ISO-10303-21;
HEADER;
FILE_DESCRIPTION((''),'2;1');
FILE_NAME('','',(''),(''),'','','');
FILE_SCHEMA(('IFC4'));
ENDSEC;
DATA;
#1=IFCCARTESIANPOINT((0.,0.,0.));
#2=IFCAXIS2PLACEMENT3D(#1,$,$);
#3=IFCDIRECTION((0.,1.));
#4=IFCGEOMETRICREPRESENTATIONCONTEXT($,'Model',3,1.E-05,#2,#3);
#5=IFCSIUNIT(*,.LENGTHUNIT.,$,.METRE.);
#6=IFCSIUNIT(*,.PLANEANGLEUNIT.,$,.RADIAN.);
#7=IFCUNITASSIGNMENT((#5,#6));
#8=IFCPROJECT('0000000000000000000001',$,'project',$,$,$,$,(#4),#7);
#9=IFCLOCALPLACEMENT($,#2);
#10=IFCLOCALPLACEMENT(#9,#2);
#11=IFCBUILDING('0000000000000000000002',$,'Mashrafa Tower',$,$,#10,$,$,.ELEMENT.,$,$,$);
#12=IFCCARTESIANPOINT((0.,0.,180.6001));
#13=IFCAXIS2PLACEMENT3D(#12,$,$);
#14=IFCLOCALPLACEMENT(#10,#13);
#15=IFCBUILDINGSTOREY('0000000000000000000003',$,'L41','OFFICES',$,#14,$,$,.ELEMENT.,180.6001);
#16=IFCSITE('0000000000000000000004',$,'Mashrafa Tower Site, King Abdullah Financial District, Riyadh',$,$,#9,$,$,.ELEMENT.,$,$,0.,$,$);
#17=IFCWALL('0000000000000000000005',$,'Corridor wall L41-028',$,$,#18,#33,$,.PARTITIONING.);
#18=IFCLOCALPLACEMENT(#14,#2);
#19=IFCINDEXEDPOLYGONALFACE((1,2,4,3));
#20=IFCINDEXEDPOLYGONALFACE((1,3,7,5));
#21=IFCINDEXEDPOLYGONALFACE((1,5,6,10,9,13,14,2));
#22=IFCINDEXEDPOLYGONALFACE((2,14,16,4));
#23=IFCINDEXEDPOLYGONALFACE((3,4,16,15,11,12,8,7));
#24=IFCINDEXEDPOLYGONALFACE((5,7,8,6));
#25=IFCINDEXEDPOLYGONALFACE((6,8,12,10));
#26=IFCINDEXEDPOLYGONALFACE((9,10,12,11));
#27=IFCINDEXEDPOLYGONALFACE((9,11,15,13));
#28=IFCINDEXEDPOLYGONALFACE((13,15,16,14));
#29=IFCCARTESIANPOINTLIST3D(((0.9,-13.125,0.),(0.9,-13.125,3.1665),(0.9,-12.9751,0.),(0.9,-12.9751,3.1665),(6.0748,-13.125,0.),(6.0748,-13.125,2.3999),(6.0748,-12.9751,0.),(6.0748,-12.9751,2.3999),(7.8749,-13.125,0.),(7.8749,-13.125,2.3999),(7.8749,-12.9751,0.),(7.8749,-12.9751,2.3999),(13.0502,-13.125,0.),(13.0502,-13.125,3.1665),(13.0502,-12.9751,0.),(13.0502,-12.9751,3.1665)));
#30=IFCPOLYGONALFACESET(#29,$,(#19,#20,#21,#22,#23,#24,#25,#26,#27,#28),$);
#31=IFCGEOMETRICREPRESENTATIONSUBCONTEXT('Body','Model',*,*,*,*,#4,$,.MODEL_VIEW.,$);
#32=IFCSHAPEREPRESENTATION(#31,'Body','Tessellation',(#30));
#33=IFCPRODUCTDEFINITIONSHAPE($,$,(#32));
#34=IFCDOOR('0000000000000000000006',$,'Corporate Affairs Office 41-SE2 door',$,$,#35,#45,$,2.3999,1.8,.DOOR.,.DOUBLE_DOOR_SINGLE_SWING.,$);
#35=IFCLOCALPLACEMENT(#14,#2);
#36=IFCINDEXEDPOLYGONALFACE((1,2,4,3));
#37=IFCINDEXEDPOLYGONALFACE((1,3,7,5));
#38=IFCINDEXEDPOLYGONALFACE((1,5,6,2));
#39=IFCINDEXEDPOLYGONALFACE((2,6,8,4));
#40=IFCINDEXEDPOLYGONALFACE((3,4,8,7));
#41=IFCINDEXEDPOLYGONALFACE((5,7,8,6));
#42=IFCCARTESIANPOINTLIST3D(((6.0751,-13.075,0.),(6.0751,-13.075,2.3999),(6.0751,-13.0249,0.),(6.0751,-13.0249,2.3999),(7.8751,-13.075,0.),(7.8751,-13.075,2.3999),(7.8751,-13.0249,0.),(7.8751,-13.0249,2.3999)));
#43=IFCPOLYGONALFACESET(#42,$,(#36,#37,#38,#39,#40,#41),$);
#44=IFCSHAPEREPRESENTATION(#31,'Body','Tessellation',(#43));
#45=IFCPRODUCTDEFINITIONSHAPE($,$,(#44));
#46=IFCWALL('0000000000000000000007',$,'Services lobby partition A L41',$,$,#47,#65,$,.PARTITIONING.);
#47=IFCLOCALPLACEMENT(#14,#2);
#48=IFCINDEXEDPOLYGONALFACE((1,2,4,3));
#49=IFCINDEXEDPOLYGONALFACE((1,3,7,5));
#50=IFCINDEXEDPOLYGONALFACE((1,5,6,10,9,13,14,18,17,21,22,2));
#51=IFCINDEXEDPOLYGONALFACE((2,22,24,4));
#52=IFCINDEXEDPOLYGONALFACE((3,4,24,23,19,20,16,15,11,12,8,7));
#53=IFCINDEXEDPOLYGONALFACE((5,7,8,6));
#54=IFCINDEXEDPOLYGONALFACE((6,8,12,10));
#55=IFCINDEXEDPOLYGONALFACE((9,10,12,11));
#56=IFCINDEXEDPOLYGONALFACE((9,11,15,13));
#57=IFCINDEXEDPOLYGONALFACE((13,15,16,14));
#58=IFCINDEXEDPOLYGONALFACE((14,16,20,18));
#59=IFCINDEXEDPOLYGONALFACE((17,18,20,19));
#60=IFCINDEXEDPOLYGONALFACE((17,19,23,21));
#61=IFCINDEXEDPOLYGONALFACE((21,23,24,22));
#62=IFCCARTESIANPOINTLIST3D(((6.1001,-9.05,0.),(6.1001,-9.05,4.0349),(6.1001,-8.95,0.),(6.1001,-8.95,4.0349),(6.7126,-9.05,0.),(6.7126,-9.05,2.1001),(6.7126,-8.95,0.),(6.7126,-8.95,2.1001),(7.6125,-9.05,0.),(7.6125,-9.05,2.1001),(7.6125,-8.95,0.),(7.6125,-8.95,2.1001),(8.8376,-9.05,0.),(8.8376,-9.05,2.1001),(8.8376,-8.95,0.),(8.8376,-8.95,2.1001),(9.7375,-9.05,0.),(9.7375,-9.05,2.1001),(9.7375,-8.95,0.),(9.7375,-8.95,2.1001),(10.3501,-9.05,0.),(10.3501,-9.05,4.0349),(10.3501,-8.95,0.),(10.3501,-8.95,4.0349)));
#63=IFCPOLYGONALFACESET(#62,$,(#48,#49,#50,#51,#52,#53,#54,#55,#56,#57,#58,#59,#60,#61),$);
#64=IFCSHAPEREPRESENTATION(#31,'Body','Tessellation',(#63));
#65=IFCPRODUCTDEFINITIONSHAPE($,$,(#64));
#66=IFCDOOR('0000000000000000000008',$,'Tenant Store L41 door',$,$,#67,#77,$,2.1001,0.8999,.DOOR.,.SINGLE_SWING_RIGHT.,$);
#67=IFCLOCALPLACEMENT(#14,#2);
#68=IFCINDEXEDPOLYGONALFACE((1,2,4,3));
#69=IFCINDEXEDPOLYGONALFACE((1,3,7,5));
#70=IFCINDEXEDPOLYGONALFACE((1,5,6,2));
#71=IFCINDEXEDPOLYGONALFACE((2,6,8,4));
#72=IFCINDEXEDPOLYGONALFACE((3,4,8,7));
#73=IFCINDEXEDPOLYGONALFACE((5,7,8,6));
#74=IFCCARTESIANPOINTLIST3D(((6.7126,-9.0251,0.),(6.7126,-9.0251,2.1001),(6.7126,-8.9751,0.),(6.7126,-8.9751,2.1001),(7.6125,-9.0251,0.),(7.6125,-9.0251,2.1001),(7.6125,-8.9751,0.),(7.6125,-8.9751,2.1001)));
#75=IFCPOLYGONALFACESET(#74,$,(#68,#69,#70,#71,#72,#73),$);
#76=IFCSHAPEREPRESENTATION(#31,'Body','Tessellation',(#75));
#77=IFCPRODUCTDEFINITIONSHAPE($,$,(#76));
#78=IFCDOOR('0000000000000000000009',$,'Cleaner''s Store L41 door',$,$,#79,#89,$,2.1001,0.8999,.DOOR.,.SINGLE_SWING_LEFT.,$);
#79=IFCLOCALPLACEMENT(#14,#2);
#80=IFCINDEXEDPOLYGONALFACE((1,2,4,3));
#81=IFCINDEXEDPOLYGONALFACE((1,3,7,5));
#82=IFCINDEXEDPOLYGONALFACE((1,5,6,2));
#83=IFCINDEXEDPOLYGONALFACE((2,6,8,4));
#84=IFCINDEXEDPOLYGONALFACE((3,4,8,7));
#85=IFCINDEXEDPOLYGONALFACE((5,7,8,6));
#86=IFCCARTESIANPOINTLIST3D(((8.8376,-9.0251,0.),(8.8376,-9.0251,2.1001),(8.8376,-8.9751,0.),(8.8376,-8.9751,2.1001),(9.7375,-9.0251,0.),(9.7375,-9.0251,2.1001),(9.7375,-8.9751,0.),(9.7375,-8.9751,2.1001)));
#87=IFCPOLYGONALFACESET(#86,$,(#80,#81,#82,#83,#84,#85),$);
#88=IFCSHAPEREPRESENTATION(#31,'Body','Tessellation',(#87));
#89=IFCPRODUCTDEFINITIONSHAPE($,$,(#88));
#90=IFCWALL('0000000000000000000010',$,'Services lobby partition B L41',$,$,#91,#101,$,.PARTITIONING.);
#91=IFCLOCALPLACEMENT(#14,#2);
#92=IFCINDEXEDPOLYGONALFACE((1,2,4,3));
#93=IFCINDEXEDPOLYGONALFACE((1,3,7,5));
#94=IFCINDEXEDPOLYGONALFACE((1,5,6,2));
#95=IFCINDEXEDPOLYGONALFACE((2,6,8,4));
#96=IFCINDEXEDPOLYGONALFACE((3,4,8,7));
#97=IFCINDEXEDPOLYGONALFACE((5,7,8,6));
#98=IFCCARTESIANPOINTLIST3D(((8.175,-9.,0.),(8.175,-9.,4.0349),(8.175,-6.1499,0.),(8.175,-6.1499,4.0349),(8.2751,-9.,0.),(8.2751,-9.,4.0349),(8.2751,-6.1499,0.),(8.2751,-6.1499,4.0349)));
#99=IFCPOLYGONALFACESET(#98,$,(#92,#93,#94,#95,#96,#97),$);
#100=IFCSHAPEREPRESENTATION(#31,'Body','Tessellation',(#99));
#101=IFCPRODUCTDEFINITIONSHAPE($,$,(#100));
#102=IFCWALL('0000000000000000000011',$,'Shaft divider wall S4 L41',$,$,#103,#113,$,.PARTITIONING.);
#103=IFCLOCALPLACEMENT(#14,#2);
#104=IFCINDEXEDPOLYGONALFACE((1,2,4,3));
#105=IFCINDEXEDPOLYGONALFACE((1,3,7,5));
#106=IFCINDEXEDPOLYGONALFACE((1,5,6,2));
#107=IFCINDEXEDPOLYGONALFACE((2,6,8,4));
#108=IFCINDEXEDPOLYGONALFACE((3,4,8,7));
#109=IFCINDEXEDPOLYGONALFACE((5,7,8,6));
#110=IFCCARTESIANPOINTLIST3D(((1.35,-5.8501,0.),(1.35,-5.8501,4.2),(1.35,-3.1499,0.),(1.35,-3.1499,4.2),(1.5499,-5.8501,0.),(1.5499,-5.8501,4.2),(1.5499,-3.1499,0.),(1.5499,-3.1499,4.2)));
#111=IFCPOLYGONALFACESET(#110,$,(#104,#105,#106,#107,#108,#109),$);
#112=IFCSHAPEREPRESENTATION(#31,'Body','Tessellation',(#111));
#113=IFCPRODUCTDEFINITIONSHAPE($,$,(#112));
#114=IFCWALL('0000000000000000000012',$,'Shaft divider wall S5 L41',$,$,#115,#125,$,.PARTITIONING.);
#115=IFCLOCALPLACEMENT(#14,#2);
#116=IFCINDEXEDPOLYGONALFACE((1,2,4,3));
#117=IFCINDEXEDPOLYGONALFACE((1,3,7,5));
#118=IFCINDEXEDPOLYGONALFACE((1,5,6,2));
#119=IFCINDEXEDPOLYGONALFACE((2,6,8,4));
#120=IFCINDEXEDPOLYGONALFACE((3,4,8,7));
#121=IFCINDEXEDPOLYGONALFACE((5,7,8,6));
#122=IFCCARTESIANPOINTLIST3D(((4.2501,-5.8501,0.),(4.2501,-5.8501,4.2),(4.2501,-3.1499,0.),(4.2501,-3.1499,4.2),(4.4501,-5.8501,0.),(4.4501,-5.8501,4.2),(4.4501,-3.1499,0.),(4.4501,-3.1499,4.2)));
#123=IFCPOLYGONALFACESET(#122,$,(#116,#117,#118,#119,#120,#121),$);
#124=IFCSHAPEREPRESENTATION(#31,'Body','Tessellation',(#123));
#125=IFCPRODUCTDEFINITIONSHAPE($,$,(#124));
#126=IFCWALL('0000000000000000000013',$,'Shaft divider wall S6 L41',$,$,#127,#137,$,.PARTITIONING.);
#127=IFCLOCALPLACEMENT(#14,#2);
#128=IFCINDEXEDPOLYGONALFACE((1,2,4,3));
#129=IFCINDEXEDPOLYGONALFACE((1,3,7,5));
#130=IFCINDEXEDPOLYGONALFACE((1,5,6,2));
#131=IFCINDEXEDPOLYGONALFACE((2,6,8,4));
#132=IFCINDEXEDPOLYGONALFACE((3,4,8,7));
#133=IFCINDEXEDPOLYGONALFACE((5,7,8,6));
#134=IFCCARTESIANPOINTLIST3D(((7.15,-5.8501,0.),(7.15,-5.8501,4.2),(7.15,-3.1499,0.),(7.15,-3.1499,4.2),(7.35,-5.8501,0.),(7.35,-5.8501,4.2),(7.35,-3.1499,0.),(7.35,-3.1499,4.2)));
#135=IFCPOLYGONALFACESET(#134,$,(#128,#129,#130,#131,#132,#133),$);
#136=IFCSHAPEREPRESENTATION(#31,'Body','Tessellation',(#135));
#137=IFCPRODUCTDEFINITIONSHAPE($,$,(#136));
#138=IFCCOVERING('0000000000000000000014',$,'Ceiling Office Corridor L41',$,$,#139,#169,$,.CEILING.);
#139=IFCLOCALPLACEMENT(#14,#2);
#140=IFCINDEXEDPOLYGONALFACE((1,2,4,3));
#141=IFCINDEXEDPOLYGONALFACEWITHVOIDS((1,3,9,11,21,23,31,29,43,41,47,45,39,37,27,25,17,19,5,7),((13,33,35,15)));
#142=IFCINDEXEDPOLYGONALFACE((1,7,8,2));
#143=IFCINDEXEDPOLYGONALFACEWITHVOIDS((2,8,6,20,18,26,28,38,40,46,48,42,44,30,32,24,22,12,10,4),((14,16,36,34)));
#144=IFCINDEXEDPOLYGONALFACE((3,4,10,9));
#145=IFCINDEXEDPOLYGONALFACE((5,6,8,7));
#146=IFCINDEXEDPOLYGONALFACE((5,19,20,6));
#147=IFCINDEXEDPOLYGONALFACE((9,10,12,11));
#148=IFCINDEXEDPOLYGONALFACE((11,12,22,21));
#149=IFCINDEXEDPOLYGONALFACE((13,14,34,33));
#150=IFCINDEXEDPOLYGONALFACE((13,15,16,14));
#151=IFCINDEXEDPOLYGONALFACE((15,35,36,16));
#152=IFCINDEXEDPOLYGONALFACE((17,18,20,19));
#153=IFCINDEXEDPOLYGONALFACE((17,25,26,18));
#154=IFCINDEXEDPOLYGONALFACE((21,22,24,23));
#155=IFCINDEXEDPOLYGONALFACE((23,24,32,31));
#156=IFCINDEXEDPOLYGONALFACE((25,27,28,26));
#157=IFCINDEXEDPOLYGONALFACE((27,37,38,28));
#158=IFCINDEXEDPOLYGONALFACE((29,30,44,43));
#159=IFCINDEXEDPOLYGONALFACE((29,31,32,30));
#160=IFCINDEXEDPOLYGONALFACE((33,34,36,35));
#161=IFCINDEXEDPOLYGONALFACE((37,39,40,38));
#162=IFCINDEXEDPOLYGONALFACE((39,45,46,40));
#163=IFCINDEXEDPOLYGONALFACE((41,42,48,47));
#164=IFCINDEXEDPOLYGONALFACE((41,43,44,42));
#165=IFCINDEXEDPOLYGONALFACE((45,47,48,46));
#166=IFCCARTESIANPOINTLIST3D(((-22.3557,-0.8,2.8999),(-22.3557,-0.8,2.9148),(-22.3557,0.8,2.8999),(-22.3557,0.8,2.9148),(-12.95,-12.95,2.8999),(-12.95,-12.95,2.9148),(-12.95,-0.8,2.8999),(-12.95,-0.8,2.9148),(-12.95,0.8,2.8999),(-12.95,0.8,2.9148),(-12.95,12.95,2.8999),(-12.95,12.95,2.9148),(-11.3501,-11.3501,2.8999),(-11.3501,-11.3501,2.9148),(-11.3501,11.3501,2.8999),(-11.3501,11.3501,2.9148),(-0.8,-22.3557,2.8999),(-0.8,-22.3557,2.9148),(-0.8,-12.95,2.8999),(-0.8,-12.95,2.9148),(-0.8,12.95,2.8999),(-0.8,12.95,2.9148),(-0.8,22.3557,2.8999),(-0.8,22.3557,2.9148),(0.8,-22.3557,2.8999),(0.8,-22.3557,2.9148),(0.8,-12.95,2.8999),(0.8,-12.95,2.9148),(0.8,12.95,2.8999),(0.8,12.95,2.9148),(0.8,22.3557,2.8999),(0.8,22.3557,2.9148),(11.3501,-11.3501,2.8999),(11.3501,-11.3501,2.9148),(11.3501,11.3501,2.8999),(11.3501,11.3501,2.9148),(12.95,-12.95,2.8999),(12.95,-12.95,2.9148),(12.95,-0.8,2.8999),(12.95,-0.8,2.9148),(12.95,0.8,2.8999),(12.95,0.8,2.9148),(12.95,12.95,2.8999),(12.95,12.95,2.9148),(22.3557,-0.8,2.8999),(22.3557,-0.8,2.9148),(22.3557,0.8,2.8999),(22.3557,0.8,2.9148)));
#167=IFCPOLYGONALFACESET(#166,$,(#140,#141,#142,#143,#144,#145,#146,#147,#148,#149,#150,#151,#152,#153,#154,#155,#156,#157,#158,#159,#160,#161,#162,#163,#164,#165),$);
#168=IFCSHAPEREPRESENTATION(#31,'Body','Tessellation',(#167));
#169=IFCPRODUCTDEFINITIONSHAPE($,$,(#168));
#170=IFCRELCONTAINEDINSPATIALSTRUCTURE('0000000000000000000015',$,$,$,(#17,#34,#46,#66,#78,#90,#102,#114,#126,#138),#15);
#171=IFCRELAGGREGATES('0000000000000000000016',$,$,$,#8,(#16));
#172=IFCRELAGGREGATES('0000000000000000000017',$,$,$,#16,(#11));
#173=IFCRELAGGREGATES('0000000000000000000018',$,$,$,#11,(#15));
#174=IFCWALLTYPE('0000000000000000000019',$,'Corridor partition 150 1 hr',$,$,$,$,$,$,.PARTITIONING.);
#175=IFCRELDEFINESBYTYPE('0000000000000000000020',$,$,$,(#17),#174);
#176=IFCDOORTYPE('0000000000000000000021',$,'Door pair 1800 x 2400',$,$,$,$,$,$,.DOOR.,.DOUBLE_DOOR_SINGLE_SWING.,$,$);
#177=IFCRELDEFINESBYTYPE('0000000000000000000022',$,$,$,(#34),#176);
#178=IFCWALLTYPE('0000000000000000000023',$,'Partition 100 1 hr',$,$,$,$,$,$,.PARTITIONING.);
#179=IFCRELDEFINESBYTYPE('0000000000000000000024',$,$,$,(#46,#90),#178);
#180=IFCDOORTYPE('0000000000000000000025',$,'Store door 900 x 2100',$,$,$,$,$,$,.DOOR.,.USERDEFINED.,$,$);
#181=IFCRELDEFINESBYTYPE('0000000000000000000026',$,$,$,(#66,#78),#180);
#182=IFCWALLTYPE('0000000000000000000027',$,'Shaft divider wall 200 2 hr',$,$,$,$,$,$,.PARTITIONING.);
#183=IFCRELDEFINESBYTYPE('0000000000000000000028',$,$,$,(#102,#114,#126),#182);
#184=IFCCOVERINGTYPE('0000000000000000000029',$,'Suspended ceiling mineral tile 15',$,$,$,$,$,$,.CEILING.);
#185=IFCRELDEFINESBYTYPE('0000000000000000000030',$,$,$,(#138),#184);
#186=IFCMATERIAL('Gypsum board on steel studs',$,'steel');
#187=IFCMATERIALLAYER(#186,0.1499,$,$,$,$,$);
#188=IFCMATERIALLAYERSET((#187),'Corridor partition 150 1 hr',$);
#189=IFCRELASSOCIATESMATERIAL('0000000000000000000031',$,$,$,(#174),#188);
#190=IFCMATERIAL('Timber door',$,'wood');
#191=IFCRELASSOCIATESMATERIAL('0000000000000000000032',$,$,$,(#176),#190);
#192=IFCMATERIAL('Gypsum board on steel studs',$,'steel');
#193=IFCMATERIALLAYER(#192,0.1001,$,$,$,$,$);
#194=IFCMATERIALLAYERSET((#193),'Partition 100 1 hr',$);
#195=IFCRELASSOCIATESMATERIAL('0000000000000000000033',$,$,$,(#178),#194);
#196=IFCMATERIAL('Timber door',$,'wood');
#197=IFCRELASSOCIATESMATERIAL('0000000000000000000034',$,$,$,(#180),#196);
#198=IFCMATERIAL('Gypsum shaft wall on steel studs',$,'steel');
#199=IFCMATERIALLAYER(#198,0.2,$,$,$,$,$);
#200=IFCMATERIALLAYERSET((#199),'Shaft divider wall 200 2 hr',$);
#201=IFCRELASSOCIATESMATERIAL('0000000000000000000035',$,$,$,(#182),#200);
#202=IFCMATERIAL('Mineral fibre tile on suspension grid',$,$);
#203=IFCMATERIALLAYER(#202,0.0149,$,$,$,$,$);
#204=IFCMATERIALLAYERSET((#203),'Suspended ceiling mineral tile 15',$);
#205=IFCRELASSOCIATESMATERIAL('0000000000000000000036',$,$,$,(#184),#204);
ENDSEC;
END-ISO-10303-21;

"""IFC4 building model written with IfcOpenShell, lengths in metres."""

from ifc_helpers import new_model, si_unit, direction, frame, frame_2d, origin, place, context, subcontext, project, spatial, polyline, rectangle, outline, extrude, material, layer, layer_set, type_object, element, fill, save


model = new_model("IFC4")

# Units and contexts
model_context = context("Model", 3, precision=1e-05, world=origin(), true_north=direction((0.0, 1.0)))
body_context = subcontext(model_context, "Body", "Model", "MODEL_VIEW")
ifc_project = project(units=[si_unit("LENGTHUNIT", "METRE"), si_unit("PLANEANGLEUNIT", "RADIAN")], contexts=[model_context])

# Site, building, storey
site_placement = place(None, origin())
site = spatial("IfcSite", under=ifc_project, at=site_placement, Name="Mashrafa Tower Site, King Abdullah Financial District, Riyadh", CompositionType="ELEMENT", RefElevation=0.0)
building_placement = place(site_placement, origin())
building = spatial("IfcBuilding", under=site, at=building_placement, Name="Mashrafa Tower", CompositionType="ELEMENT")
storey_placement = place(building_placement, frame((0.0, 0.0, 180.6001)))
storey = spatial("IfcBuildingStorey", under=building, at=storey_placement, Name="L41", Description="OFFICES", CompositionType="ELEMENT", Elevation=180.6001)

# Wall, opening, door
ifc_material_1 = material(Name="Gypsum board on steel studs", Category="steel")
ifc_layer_1 = layer(ifc_material_1, 0.1499)
ifc_layer_set_1 = layer_set([ifc_layer_1], Name="Corridor partition 150 1 hr")
wall_type_1 = type_object("IfcWallType", Name="Corridor partition 150 1 hr", PredefinedType="PARTITIONING", material=ifc_layer_set_1)
wall_1_placement = place(storey_placement, frame((0.8999, -13.05, 0.0), z_axis=(0.0, 0.0, 1.0), x_axis=(1.0, 0.0, 0.0)))
wall_1 = element("IfcWall", 1, at=wall_1_placement, inside=storey, type_object=wall_type_1, Name="Corridor wall L41-028", PredefinedType="PARTITIONING", context=body_context, shape_type="SweptSolid", body=[
    extrude(rectangle(XDim=12.1501, YDim=0.1499, at=frame_2d((6.0752, 0.0))), origin(), (0.0, 0.0, 1.0), 3.1665),
])
opening_1_placement = place(wall_1_placement, frame((5.175, 0.0, 0.0)))
opening_1 = element("IfcOpeningElement", 2, at=opening_1_placement, cuts=wall_1, PredefinedType="OPENING", context=body_context, shape_type="SweptSolid", body=[
    extrude(rectangle(XDim=1.8, YDim=2.3999, at=frame_2d((0.8999, 1.2))), frame((0.0, 0.085, 0.0), z_axis=(0.0, -1.0, 0.0), x_axis=(1.0, 0.0, 0.0)), (0.0, 0.0, 1.0), 0.1699),
])
ifc_material_2 = material(Name="Timber door", Category="wood")
door_type_1 = type_object("IfcDoorType", Name="Door pair 1800 x 2400", OperationType="DOUBLE_DOOR_SINGLE_SWING", PredefinedType="DOOR", material=ifc_material_2)
door_1_placement = place(opening_1_placement, frame((1.8, 0.0, 0.0), z_axis=(0.0, 0.0, 1.0), x_axis=(-1.0, 0.0, 0.0)))
door_1 = element("IfcDoor", 3, at=door_1_placement, inside=storey, type_object=door_type_1, Name="Corporate Affairs Office 41-SE2 door", OperationType="DOUBLE_DOOR_SINGLE_SWING", OverallHeight=2.3999, OverallWidth=1.8, PredefinedType="DOOR", context=body_context, shape_type="SweptSolid", body=[
    extrude(rectangle(XDim=1.8, YDim=2.3999, at=frame_2d((0.8999, 1.2))), frame((0.0, 0.0249, 0.0), z_axis=(0.0, -1.0, 0.0), x_axis=(1.0, 0.0, 0.0)), (0.0, 0.0, 1.0), 0.05),
])
fill(opening_1, door_1)

# Wall, openings, doors
ifc_material_3 = material(Name="Gypsum board on steel studs", Category="steel")
ifc_layer_2 = layer(ifc_material_3, 0.1001)
ifc_layer_set_2 = layer_set([ifc_layer_2], Name="Partition 100 1 hr")
wall_type_2 = type_object("IfcWallType", Name="Partition 100 1 hr", PredefinedType="PARTITIONING", material=ifc_layer_set_2)
wall_2_placement = place(storey_placement, frame((6.1001, -9.0, 0.0), z_axis=(0.0, 0.0, 1.0), x_axis=(1.0, 0.0, 0.0)))
wall_2 = element("IfcWall", 4, at=wall_2_placement, inside=storey, type_object=wall_type_2, Name="Services lobby partition A L41", PredefinedType="PARTITIONING", context=body_context, shape_type="SweptSolid", body=[
    extrude(rectangle(XDim=4.25, YDim=0.1001, at=frame_2d((2.125, 0.0))), origin(), (0.0, 0.0, 1.0), 4.0349),
])
opening_2_placement = place(wall_2_placement, frame((0.6125, 0.0, 0.0)))
opening_2 = element("IfcOpeningElement", 5, at=opening_2_placement, cuts=wall_2, PredefinedType="OPENING", context=body_context, shape_type="SweptSolid", body=[
    extrude(rectangle(XDim=0.8999, YDim=2.1001, at=frame_2d((0.45, 1.05))), frame((0.0, 0.0601, 0.0), z_axis=(0.0, -1.0, 0.0), x_axis=(1.0, 0.0, 0.0)), (0.0, 0.0, 1.0), 0.1201),
])
opening_3_placement = place(wall_2_placement, frame((2.7375, 0.0, 0.0)))
opening_3 = element("IfcOpeningElement", 6, at=opening_3_placement, cuts=wall_2, PredefinedType="OPENING", context=body_context, shape_type="SweptSolid", body=[
    extrude(rectangle(XDim=0.8999, YDim=2.1001, at=frame_2d((0.45, 1.05))), frame((0.0, 0.0601, 0.0), z_axis=(0.0, -1.0, 0.0), x_axis=(1.0, 0.0, 0.0)), (0.0, 0.0, 1.0), 0.1201),
])
ifc_material_4 = material(Name="Timber door", Category="wood")
door_type_2 = type_object("IfcDoorType", Name="Store door 900 x 2100", OperationType="USERDEFINED", PredefinedType="DOOR", material=ifc_material_4)
door_2_placement = place(opening_2_placement, origin())
door_2 = element("IfcDoor", 7, at=door_2_placement, inside=storey, type_object=door_type_2, Name="Tenant Store L41 door", OperationType="SINGLE_SWING_RIGHT", OverallHeight=2.1001, OverallWidth=0.8999, PredefinedType="DOOR", context=body_context, shape_type="SweptSolid", body=[
    extrude(rectangle(XDim=0.8999, YDim=2.1001, at=frame_2d((0.45, 1.05))), frame((0.0, 0.0249, 0.0), z_axis=(0.0, -1.0, 0.0), x_axis=(1.0, 0.0, 0.0)), (0.0, 0.0, 1.0), 0.05),
])
fill(opening_2, door_2)
door_3_placement = place(opening_3_placement, origin())
door_3 = element("IfcDoor", 8, at=door_3_placement, inside=storey, type_object=door_type_2, Name="Cleaner's Store L41 door", OperationType="SINGLE_SWING_LEFT", OverallHeight=2.1001, OverallWidth=0.8999, PredefinedType="DOOR", context=body_context, shape_type="SweptSolid", body=[
    extrude(rectangle(XDim=0.8999, YDim=2.1001, at=frame_2d((0.45, 1.05))), frame((0.0, 0.0249, 0.0), z_axis=(0.0, -1.0, 0.0), x_axis=(1.0, 0.0, 0.0)), (0.0, 0.0, 1.0), 0.05),
])
fill(opening_3, door_3)

# Walls
wall_3_placement = place(storey_placement, frame((8.2251, -9.0, 0.0), z_axis=(0.0, 0.0, 1.0), x_axis=(0.0, 1.0, 0.0)))
element("IfcWall", 9, at=wall_3_placement, inside=storey, type_object=wall_type_2, Name="Services lobby partition B L41", PredefinedType="PARTITIONING", context=body_context, shape_type="SweptSolid", body=[
    extrude(rectangle(XDim=2.8501, YDim=0.1001, at=frame_2d((1.425, 0.0))), origin(), (0.0, 0.0, 1.0), 4.0349),
])
ifc_material_5 = material(Name="Gypsum shaft wall on steel studs", Category="steel")
ifc_layer_3 = layer(ifc_material_5, 0.2)
ifc_layer_set_3 = layer_set([ifc_layer_3], Name="Shaft divider wall 200 2 hr")
wall_type_3 = type_object("IfcWallType", Name="Shaft divider wall 200 2 hr", PredefinedType="PARTITIONING", material=ifc_layer_set_3)
for number, where, z_axis, x_axis, name in (
    (10, (1.45, -5.8501, 0.0), (0.0, 0.0, 1.0), (0.0, 1.0, 0.0), "Shaft divider wall S4 L41"),
    (11, (4.3501, -5.8501, 0.0), (0.0, 0.0, 1.0), (0.0, 1.0, 0.0), "Shaft divider wall S5 L41"),
    (12, (7.25, -5.8501, 0.0), (0.0, 0.0, 1.0), (0.0, 1.0, 0.0), "Shaft divider wall S6 L41"),
):
    element("IfcWall", number, at=place(storey_placement, frame(where, z_axis=z_axis, x_axis=x_axis)), inside=storey, type_object=wall_type_3, Name=name, PredefinedType="PARTITIONING", context=body_context, shape_type="SweptSolid", body=[
        extrude(rectangle(XDim=2.7002, YDim=0.2, at=frame_2d((1.3501, 0.0))), origin(), (0.0, 0.0, 1.0), 4.2),
    ])

# Covering
ifc_material_6 = material(Name="Mineral fibre tile on suspension grid")
ifc_layer_4 = layer(ifc_material_6, 0.0149)
ifc_layer_set_4 = layer_set([ifc_layer_4], Name="Suspended ceiling mineral tile 15")
covering_type = type_object("IfcCoveringType", Name="Suspended ceiling mineral tile 15", PredefinedType="CEILING", material=ifc_layer_set_4)
covering_1_placement = place(storey_placement, frame((0.0, 0.0, 2.8999)))
element("IfcCovering", 13, at=covering_1_placement, inside=storey, type_object=covering_type, Name="Ceiling Office Corridor L41", PredefinedType="CEILING", context=body_context, shape_type="SweptSolid", body=[
    extrude(outline(polyline([(-12.95, -12.95), (-12.95, -0.8), (-22.3557, -0.8), (-22.3557, 0.8), (-12.95, 0.8), (-12.95, 12.95), (-0.8, 12.95), (-0.8, 22.3557), (0.8, 22.3557), (0.8, 12.95), (12.95, 12.95), (12.95, 0.8), (22.3557, 0.8), (22.3557, -0.8), (12.95, -0.8), (12.95, -12.95), (0.8, -12.95), (0.8, -22.3557), (-0.8, -22.3557), (-0.8, -12.95), (-12.95, -12.95)]), holes=[polyline([(11.3501, 11.3501), (-11.3501, 11.3501), (-11.3501, -11.3501), (11.3501, -11.3501), (11.3501, 11.3501)])]), origin(), (0.0, 0.0, 1.0), 0.0149),
])

save(model, "model.ifc")
